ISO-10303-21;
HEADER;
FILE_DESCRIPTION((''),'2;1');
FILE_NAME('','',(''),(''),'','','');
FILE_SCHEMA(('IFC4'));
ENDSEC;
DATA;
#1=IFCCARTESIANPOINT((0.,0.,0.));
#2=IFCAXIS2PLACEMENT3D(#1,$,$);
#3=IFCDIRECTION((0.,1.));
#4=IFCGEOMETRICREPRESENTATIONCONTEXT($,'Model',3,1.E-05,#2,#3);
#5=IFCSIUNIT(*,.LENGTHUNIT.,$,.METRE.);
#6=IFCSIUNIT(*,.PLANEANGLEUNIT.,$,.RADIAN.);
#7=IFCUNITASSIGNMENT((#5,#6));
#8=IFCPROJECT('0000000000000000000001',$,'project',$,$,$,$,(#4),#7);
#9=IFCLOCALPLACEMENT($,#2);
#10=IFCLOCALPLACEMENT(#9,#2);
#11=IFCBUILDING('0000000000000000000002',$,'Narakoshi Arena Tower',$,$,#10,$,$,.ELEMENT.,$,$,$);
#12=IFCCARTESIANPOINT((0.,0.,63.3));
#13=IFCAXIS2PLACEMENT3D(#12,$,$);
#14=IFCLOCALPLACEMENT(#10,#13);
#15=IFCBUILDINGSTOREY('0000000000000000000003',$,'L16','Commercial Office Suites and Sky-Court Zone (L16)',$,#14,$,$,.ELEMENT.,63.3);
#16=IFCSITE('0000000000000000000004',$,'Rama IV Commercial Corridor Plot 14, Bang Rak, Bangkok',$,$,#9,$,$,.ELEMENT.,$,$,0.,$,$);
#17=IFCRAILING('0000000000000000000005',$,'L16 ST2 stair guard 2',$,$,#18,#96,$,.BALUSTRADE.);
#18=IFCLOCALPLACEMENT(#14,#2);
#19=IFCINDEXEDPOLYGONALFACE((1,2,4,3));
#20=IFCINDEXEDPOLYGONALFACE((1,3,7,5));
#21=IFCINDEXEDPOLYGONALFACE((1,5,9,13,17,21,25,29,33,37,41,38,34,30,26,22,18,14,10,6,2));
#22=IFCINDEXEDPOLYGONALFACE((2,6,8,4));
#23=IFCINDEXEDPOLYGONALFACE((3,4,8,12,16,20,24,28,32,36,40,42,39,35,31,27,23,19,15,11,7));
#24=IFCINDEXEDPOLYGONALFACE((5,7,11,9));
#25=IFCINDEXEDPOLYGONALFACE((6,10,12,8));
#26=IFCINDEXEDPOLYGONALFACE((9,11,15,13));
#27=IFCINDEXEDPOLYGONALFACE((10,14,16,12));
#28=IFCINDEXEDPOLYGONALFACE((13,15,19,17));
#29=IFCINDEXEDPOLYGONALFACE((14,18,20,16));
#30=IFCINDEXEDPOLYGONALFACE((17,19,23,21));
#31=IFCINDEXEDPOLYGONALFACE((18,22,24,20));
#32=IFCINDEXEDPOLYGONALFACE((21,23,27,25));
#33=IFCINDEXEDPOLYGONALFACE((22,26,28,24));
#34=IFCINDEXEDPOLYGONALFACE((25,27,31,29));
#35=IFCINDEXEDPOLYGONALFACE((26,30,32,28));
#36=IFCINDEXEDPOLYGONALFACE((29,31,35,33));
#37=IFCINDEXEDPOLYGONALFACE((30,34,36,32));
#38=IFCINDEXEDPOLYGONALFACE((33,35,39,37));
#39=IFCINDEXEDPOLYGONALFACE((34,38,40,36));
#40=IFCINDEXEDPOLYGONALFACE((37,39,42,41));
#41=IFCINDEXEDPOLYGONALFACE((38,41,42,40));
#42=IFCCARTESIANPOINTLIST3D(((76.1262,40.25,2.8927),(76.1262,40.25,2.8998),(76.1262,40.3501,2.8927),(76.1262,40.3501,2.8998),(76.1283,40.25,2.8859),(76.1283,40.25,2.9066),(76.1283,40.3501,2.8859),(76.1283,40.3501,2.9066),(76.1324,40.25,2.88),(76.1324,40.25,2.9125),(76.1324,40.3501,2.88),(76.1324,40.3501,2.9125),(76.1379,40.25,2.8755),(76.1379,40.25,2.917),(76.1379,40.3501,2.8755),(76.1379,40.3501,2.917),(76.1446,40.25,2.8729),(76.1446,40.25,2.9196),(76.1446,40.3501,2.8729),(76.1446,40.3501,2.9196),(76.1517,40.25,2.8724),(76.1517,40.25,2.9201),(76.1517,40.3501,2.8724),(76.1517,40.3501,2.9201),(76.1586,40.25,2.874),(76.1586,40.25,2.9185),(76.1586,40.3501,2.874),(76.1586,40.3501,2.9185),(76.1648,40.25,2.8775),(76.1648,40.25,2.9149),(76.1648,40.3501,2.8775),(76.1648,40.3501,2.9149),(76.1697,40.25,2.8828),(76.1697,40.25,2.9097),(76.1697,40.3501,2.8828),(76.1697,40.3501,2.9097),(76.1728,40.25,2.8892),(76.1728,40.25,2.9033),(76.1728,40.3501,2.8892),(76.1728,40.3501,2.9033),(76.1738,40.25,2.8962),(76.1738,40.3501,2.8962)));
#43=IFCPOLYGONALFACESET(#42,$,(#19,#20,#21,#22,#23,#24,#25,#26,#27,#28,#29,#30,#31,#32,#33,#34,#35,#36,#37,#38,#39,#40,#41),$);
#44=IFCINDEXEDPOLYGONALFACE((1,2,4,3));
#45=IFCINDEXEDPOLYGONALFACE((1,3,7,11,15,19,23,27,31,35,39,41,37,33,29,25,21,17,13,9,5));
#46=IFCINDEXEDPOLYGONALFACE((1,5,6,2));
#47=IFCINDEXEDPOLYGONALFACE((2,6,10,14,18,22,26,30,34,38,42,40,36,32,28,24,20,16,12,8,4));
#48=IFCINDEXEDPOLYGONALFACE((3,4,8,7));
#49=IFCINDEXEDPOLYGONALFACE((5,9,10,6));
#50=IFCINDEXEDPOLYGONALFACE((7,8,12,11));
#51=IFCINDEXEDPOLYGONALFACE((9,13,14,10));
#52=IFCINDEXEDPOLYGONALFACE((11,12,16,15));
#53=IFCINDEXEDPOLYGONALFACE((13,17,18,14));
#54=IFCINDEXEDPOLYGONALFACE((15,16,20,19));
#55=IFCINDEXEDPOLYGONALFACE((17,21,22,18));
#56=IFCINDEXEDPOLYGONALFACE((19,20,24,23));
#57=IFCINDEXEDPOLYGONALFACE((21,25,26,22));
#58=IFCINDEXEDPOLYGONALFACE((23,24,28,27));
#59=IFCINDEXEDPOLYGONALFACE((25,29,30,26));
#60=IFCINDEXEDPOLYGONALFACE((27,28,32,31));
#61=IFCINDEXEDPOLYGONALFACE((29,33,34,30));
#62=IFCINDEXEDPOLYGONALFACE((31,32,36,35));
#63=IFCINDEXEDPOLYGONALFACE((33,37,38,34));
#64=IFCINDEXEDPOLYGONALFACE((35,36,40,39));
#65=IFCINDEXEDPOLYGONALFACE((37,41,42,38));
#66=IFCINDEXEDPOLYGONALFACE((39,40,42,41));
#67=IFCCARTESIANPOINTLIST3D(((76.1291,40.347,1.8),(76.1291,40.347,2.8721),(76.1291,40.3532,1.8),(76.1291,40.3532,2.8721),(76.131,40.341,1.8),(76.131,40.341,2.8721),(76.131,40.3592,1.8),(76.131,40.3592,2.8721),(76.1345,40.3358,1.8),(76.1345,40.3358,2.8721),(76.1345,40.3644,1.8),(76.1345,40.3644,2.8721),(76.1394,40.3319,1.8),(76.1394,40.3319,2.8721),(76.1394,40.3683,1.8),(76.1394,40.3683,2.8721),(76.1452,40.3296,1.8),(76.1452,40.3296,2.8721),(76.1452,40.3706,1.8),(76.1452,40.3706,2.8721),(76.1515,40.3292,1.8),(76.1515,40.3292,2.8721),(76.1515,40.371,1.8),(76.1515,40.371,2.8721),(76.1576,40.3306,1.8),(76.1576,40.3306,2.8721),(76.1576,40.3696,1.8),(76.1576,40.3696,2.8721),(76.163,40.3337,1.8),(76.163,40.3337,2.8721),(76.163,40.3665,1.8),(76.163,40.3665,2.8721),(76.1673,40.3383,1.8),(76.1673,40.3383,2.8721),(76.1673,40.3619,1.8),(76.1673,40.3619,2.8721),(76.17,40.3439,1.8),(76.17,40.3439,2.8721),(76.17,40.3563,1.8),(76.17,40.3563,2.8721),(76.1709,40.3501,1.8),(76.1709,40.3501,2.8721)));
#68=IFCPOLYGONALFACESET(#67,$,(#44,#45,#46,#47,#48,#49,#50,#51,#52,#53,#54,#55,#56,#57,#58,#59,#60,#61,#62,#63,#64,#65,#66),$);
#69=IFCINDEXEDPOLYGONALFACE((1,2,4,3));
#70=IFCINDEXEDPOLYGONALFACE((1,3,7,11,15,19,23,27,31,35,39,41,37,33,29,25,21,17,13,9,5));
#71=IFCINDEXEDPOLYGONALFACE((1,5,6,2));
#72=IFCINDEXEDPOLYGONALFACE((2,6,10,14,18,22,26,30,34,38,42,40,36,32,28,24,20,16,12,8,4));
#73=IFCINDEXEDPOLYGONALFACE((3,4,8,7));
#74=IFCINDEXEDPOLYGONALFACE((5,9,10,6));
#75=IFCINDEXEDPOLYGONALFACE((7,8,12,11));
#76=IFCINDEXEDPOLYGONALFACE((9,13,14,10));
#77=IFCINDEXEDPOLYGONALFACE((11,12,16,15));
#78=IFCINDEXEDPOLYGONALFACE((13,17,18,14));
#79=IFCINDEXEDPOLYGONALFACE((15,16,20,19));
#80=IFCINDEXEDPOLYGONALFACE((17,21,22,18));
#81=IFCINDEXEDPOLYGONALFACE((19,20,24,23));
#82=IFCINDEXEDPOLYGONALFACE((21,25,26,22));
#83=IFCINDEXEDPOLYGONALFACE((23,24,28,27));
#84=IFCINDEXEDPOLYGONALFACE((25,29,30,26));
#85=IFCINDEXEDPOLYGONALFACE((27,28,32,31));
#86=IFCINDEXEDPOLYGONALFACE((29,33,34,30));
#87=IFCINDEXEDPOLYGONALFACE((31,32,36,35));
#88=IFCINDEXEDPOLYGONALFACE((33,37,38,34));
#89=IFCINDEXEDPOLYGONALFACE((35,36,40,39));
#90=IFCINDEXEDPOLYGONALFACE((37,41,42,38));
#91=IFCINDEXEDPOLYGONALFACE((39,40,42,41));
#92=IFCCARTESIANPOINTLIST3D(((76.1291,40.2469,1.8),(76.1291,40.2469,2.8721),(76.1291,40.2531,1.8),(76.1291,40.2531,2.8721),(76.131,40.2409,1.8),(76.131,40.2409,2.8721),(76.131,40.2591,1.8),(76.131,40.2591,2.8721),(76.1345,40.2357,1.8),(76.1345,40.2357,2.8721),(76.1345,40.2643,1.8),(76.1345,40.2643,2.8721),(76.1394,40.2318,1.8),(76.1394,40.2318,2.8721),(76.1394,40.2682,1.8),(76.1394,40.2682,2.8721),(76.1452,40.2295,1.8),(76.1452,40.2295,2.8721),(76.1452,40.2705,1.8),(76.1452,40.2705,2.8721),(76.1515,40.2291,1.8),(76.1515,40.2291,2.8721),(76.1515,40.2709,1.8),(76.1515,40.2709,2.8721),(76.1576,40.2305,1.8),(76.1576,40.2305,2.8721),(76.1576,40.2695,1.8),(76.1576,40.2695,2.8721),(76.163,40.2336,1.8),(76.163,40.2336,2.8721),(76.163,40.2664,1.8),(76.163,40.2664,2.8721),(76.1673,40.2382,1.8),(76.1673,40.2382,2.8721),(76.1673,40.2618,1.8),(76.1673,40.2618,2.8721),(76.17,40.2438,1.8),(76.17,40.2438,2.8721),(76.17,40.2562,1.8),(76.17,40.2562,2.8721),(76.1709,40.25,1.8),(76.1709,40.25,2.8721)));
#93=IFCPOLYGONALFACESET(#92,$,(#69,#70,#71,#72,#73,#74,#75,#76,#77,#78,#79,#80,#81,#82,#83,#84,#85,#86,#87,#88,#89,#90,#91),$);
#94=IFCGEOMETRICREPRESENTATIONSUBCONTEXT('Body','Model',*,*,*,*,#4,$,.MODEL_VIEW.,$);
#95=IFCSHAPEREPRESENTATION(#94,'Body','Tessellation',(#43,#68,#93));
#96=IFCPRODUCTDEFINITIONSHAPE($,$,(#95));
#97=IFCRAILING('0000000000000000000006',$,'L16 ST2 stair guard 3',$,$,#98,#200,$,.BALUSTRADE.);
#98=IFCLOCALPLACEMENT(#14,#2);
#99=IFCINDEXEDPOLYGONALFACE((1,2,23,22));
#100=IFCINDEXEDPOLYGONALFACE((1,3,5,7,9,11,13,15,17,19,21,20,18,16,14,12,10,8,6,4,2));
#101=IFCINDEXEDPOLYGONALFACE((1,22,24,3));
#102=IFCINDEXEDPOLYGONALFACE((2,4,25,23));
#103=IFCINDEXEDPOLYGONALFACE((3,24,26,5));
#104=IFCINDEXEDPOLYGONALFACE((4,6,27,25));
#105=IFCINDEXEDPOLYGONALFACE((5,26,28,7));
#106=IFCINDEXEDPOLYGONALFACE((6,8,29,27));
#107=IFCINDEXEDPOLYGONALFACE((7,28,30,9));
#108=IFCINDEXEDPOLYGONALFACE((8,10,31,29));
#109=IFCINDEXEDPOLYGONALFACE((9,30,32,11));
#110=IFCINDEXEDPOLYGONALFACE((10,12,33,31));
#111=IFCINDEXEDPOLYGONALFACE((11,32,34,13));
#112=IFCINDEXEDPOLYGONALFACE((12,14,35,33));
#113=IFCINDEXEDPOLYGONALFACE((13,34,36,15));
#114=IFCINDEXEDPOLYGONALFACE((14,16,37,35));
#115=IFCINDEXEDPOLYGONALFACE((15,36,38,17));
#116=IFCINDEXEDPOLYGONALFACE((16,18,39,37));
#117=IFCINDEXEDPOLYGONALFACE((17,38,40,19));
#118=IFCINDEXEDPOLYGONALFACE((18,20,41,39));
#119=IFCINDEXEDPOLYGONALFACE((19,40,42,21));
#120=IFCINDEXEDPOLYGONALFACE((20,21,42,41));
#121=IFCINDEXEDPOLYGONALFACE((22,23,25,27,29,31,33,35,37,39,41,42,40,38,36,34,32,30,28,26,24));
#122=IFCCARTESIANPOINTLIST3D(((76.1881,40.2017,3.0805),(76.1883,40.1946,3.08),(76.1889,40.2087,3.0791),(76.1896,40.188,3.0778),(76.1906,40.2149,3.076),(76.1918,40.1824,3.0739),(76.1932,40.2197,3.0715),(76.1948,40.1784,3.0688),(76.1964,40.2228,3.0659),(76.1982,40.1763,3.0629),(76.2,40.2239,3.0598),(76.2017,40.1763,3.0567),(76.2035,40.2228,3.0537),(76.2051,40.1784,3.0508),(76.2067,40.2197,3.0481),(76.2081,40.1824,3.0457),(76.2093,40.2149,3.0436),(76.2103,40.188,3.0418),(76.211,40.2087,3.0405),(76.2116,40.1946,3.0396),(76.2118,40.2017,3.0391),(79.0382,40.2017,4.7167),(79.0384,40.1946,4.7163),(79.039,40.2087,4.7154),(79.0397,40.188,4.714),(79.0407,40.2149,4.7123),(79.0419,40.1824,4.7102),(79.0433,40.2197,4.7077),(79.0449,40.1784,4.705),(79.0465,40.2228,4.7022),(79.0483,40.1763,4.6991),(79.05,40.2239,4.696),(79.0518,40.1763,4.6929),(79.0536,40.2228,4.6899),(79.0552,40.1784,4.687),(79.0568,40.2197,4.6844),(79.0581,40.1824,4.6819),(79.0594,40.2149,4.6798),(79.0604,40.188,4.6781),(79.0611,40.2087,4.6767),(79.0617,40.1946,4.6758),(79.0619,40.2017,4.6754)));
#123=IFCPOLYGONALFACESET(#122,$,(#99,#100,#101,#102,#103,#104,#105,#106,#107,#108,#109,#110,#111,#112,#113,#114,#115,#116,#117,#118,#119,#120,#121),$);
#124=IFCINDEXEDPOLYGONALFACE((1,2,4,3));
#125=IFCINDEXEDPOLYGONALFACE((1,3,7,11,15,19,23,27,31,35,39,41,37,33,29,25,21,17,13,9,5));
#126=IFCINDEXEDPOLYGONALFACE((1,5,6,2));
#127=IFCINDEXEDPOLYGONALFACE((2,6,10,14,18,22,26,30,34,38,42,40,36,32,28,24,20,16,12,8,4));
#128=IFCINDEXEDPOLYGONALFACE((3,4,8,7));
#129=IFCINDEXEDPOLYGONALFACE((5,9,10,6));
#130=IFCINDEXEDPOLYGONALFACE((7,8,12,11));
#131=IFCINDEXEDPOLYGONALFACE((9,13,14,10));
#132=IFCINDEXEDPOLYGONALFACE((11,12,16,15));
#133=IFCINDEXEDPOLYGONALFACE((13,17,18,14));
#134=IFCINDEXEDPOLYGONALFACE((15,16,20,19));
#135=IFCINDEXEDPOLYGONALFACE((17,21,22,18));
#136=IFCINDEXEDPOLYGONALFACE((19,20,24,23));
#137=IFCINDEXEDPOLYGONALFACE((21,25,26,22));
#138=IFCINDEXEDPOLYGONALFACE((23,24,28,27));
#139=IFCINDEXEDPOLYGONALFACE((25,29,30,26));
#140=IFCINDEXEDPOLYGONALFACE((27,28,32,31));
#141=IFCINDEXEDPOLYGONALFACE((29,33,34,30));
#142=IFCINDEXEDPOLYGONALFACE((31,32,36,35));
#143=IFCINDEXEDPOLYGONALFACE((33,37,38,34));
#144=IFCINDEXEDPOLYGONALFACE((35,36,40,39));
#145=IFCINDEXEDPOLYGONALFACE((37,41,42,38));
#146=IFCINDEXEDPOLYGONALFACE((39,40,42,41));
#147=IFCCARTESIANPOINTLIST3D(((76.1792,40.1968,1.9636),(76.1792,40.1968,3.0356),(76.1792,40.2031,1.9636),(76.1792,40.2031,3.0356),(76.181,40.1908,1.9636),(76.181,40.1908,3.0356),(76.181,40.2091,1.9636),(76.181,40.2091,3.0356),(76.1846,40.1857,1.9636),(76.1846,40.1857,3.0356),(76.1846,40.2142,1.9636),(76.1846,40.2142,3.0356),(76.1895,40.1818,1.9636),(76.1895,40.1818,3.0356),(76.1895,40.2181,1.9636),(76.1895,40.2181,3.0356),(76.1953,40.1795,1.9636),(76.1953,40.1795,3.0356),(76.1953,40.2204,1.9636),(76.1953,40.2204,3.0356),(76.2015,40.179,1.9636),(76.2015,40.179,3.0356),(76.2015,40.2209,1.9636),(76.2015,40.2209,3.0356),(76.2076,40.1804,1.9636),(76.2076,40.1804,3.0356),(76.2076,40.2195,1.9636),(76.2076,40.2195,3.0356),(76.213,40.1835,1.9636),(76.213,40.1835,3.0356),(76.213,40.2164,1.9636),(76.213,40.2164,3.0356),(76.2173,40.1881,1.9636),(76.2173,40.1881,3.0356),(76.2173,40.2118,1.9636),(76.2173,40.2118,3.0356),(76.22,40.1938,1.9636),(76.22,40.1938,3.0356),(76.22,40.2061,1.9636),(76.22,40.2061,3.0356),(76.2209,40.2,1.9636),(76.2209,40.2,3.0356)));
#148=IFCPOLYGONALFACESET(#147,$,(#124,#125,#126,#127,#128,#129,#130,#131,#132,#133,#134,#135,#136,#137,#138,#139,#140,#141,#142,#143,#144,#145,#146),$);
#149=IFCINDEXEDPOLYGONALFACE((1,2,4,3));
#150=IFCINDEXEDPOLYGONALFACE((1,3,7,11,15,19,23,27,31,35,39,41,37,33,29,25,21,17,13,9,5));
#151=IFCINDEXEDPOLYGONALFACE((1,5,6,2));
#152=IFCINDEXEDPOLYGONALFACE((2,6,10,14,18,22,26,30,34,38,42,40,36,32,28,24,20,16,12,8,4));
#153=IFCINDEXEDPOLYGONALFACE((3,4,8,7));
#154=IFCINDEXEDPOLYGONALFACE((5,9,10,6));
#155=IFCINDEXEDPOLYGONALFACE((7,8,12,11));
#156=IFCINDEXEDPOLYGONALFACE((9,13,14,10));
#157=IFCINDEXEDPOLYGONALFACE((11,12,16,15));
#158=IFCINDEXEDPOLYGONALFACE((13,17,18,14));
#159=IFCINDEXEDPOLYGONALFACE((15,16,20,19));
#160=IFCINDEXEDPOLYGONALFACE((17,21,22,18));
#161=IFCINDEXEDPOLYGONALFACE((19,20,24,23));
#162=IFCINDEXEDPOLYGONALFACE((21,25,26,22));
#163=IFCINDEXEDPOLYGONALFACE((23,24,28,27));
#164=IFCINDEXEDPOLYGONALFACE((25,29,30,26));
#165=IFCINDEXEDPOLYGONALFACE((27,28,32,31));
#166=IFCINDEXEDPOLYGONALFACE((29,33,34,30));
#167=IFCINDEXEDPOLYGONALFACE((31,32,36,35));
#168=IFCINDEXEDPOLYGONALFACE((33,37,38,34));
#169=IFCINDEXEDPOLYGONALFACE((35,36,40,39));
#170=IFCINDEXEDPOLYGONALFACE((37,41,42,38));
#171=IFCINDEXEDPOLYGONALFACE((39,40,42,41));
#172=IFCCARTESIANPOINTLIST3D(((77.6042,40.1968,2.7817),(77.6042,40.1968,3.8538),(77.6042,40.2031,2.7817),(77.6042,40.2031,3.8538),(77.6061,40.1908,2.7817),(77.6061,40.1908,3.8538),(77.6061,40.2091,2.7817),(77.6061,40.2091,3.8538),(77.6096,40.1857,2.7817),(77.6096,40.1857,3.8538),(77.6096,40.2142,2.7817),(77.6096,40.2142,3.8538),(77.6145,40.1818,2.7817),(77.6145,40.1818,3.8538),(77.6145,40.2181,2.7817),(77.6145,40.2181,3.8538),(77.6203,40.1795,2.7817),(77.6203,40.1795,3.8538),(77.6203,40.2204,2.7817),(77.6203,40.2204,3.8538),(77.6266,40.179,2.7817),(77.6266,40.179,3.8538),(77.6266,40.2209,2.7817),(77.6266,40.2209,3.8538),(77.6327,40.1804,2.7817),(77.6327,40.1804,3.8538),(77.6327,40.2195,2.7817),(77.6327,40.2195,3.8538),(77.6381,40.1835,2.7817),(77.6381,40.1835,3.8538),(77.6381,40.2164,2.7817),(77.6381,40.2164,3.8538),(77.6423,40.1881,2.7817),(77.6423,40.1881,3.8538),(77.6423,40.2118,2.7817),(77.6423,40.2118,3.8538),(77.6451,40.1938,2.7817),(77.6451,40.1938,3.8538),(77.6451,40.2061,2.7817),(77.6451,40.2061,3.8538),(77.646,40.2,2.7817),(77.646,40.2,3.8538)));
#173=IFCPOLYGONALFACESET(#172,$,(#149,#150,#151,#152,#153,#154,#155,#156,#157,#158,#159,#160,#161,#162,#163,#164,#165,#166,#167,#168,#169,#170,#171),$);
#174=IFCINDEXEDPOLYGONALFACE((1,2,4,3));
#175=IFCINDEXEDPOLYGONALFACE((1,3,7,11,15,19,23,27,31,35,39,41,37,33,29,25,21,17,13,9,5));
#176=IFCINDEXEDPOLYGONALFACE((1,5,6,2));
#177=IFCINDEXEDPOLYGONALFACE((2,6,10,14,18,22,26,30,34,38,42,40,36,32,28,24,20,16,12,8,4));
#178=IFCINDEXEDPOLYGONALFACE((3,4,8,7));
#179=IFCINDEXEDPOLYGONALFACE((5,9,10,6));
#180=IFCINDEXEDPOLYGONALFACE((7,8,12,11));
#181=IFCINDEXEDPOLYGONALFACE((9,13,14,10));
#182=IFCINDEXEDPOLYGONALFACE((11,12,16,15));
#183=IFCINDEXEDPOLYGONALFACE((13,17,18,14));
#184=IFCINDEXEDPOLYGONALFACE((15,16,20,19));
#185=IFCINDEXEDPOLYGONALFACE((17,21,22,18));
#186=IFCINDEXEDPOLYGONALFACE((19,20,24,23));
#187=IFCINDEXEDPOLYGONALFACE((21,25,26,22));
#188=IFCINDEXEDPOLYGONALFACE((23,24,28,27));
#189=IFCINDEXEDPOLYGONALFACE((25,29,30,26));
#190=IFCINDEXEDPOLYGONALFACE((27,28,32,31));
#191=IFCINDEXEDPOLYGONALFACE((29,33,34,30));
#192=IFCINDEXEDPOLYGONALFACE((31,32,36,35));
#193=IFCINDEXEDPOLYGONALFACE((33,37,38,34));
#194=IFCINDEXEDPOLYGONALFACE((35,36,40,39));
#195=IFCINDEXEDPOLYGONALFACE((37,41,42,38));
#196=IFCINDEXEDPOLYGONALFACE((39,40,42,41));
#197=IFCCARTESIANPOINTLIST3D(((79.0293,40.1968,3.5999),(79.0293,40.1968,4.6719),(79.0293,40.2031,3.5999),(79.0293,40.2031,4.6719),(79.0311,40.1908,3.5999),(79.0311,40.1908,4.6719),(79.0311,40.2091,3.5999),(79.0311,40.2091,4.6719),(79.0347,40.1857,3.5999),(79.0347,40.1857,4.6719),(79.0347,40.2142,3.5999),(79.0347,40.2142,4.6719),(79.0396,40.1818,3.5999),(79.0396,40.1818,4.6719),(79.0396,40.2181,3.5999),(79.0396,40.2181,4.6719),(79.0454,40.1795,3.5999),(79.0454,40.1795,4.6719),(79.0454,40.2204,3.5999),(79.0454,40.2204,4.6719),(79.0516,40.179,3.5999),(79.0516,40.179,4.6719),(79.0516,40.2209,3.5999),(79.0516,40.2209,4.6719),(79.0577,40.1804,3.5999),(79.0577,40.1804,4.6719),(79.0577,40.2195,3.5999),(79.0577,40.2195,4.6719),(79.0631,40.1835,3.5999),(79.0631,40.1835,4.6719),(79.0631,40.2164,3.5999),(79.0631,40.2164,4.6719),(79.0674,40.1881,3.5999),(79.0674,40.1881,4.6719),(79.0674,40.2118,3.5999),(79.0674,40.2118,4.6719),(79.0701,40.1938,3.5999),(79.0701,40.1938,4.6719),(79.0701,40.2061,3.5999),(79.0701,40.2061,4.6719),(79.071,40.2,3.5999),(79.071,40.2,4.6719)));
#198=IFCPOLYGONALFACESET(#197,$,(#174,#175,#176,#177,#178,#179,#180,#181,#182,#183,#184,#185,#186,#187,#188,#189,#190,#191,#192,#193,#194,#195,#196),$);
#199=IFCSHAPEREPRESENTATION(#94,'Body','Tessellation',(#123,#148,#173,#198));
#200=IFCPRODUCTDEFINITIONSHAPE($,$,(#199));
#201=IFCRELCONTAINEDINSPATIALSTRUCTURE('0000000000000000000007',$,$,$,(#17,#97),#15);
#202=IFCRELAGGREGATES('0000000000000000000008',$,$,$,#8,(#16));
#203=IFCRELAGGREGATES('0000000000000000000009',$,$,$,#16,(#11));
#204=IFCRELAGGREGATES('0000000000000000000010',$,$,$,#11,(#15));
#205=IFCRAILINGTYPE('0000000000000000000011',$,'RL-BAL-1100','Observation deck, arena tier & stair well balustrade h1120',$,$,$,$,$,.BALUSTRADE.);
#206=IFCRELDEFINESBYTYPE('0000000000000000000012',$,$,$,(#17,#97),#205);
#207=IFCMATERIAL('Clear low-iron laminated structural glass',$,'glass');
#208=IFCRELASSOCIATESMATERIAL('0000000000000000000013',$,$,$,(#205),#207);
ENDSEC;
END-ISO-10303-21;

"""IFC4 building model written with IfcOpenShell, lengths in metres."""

from ifc_helpers import new_model, si_unit, direction, frame, origin, origin_2d, place, context, subcontext, project, spatial, circle, extrude, material, type_object, element, save


model = new_model("IFC4")

# Units and contexts
model_context = context("Model", 3, precision=1e-05, world=origin(), true_north=direction((0.0, 1.0)))
body_context = subcontext(model_context, "Body", "Model", "MODEL_VIEW")
ifc_project = project(units=[si_unit("LENGTHUNIT", "METRE"), si_unit("PLANEANGLEUNIT", "RADIAN")], contexts=[model_context])

# Site, building, storey
site_placement = place(None, origin())
site = spatial("IfcSite", under=ifc_project, at=site_placement, Name="Rama IV Commercial Corridor Plot 14, Bang Rak, Bangkok", CompositionType="ELEMENT", RefElevation=0.0)
building_placement = place(site_placement, origin())
building = spatial("IfcBuilding", under=site, at=building_placement, Name="Narakoshi Arena Tower", CompositionType="ELEMENT")
storey_placement = place(building_placement, frame((0.0, 0.0, 63.3)))
storey = spatial("IfcBuildingStorey", under=building, at=storey_placement, Name="L16", Description="Commercial Office Suites and Sky-Court Zone (L16)", CompositionType="ELEMENT", Elevation=63.3)

# Railings
ifc_material_1 = material(Name="Clear low-iron laminated structural glass", Category="glass")
railing_type_1 = type_object("IfcRailingType", Name="RL-BAL-1100", Description="Observation deck, arena tier & stair well balustrade h1120", PredefinedType="BALUSTRADE", material=ifc_material_1)
railing_1_placement = place(storey_placement, frame((76.1499, 40.3501, 1.8)))
element("IfcRailing", 1, at=railing_1_placement, inside=storey, type_object=railing_type_1, Name="L16 ST2 stair guard 2", PredefinedType="BALUSTRADE", context=body_context, shape_type="SweptSolid", body=[
    extrude(circle(Radius=0.0239, at=origin_2d()), frame((0.0, 0.0, 1.0962), z_axis=(0.0, -1.0, 0.0), x_axis=(1.0, 0.0, 0.0)), (0.0, 0.0, 1.0), 0.1001),
    extrude(circle(Radius=0.021, at=origin_2d()), origin(), (0.0, 0.0, 1.0), 1.072),
    extrude(circle(Radius=0.021, at=origin_2d()), frame((0.0, -0.1001, 0.0)), (0.0, 0.0, 1.0), 1.072),
])
railing_2_placement = place(storey_placement, frame((76.2, 40.2, 1.9636)))
element("IfcRailing", 2, at=railing_2_placement, inside=storey, type_object=railing_type_1, Name="L16 ST2 stair guard 3", PredefinedType="BALUSTRADE", context=body_context, shape_type="SweptSolid", body=[
    extrude(circle(Radius=0.0239, at=origin_2d()), frame((0.0, 0.0, 1.0962), z_axis=(0.867245, 0.0, 0.497882), x_axis=(0.0, 1.0, 0.0)), (0.0, 0.0, 1.0), 3.2864),
    extrude(circle(Radius=0.021, at=origin_2d()), origin(), (0.0, 0.0, 1.0), 1.072),
    extrude(circle(Radius=0.021, at=origin_2d()), frame((1.425, 0.0, 0.8181)), (0.0, 0.0, 1.0), 1.072),
    extrude(circle(Radius=0.021, at=origin_2d()), frame((2.8501, 0.0, 1.6362)), (0.0, 0.0, 1.0), 1.072),
])

save(model, "model.ifc")
